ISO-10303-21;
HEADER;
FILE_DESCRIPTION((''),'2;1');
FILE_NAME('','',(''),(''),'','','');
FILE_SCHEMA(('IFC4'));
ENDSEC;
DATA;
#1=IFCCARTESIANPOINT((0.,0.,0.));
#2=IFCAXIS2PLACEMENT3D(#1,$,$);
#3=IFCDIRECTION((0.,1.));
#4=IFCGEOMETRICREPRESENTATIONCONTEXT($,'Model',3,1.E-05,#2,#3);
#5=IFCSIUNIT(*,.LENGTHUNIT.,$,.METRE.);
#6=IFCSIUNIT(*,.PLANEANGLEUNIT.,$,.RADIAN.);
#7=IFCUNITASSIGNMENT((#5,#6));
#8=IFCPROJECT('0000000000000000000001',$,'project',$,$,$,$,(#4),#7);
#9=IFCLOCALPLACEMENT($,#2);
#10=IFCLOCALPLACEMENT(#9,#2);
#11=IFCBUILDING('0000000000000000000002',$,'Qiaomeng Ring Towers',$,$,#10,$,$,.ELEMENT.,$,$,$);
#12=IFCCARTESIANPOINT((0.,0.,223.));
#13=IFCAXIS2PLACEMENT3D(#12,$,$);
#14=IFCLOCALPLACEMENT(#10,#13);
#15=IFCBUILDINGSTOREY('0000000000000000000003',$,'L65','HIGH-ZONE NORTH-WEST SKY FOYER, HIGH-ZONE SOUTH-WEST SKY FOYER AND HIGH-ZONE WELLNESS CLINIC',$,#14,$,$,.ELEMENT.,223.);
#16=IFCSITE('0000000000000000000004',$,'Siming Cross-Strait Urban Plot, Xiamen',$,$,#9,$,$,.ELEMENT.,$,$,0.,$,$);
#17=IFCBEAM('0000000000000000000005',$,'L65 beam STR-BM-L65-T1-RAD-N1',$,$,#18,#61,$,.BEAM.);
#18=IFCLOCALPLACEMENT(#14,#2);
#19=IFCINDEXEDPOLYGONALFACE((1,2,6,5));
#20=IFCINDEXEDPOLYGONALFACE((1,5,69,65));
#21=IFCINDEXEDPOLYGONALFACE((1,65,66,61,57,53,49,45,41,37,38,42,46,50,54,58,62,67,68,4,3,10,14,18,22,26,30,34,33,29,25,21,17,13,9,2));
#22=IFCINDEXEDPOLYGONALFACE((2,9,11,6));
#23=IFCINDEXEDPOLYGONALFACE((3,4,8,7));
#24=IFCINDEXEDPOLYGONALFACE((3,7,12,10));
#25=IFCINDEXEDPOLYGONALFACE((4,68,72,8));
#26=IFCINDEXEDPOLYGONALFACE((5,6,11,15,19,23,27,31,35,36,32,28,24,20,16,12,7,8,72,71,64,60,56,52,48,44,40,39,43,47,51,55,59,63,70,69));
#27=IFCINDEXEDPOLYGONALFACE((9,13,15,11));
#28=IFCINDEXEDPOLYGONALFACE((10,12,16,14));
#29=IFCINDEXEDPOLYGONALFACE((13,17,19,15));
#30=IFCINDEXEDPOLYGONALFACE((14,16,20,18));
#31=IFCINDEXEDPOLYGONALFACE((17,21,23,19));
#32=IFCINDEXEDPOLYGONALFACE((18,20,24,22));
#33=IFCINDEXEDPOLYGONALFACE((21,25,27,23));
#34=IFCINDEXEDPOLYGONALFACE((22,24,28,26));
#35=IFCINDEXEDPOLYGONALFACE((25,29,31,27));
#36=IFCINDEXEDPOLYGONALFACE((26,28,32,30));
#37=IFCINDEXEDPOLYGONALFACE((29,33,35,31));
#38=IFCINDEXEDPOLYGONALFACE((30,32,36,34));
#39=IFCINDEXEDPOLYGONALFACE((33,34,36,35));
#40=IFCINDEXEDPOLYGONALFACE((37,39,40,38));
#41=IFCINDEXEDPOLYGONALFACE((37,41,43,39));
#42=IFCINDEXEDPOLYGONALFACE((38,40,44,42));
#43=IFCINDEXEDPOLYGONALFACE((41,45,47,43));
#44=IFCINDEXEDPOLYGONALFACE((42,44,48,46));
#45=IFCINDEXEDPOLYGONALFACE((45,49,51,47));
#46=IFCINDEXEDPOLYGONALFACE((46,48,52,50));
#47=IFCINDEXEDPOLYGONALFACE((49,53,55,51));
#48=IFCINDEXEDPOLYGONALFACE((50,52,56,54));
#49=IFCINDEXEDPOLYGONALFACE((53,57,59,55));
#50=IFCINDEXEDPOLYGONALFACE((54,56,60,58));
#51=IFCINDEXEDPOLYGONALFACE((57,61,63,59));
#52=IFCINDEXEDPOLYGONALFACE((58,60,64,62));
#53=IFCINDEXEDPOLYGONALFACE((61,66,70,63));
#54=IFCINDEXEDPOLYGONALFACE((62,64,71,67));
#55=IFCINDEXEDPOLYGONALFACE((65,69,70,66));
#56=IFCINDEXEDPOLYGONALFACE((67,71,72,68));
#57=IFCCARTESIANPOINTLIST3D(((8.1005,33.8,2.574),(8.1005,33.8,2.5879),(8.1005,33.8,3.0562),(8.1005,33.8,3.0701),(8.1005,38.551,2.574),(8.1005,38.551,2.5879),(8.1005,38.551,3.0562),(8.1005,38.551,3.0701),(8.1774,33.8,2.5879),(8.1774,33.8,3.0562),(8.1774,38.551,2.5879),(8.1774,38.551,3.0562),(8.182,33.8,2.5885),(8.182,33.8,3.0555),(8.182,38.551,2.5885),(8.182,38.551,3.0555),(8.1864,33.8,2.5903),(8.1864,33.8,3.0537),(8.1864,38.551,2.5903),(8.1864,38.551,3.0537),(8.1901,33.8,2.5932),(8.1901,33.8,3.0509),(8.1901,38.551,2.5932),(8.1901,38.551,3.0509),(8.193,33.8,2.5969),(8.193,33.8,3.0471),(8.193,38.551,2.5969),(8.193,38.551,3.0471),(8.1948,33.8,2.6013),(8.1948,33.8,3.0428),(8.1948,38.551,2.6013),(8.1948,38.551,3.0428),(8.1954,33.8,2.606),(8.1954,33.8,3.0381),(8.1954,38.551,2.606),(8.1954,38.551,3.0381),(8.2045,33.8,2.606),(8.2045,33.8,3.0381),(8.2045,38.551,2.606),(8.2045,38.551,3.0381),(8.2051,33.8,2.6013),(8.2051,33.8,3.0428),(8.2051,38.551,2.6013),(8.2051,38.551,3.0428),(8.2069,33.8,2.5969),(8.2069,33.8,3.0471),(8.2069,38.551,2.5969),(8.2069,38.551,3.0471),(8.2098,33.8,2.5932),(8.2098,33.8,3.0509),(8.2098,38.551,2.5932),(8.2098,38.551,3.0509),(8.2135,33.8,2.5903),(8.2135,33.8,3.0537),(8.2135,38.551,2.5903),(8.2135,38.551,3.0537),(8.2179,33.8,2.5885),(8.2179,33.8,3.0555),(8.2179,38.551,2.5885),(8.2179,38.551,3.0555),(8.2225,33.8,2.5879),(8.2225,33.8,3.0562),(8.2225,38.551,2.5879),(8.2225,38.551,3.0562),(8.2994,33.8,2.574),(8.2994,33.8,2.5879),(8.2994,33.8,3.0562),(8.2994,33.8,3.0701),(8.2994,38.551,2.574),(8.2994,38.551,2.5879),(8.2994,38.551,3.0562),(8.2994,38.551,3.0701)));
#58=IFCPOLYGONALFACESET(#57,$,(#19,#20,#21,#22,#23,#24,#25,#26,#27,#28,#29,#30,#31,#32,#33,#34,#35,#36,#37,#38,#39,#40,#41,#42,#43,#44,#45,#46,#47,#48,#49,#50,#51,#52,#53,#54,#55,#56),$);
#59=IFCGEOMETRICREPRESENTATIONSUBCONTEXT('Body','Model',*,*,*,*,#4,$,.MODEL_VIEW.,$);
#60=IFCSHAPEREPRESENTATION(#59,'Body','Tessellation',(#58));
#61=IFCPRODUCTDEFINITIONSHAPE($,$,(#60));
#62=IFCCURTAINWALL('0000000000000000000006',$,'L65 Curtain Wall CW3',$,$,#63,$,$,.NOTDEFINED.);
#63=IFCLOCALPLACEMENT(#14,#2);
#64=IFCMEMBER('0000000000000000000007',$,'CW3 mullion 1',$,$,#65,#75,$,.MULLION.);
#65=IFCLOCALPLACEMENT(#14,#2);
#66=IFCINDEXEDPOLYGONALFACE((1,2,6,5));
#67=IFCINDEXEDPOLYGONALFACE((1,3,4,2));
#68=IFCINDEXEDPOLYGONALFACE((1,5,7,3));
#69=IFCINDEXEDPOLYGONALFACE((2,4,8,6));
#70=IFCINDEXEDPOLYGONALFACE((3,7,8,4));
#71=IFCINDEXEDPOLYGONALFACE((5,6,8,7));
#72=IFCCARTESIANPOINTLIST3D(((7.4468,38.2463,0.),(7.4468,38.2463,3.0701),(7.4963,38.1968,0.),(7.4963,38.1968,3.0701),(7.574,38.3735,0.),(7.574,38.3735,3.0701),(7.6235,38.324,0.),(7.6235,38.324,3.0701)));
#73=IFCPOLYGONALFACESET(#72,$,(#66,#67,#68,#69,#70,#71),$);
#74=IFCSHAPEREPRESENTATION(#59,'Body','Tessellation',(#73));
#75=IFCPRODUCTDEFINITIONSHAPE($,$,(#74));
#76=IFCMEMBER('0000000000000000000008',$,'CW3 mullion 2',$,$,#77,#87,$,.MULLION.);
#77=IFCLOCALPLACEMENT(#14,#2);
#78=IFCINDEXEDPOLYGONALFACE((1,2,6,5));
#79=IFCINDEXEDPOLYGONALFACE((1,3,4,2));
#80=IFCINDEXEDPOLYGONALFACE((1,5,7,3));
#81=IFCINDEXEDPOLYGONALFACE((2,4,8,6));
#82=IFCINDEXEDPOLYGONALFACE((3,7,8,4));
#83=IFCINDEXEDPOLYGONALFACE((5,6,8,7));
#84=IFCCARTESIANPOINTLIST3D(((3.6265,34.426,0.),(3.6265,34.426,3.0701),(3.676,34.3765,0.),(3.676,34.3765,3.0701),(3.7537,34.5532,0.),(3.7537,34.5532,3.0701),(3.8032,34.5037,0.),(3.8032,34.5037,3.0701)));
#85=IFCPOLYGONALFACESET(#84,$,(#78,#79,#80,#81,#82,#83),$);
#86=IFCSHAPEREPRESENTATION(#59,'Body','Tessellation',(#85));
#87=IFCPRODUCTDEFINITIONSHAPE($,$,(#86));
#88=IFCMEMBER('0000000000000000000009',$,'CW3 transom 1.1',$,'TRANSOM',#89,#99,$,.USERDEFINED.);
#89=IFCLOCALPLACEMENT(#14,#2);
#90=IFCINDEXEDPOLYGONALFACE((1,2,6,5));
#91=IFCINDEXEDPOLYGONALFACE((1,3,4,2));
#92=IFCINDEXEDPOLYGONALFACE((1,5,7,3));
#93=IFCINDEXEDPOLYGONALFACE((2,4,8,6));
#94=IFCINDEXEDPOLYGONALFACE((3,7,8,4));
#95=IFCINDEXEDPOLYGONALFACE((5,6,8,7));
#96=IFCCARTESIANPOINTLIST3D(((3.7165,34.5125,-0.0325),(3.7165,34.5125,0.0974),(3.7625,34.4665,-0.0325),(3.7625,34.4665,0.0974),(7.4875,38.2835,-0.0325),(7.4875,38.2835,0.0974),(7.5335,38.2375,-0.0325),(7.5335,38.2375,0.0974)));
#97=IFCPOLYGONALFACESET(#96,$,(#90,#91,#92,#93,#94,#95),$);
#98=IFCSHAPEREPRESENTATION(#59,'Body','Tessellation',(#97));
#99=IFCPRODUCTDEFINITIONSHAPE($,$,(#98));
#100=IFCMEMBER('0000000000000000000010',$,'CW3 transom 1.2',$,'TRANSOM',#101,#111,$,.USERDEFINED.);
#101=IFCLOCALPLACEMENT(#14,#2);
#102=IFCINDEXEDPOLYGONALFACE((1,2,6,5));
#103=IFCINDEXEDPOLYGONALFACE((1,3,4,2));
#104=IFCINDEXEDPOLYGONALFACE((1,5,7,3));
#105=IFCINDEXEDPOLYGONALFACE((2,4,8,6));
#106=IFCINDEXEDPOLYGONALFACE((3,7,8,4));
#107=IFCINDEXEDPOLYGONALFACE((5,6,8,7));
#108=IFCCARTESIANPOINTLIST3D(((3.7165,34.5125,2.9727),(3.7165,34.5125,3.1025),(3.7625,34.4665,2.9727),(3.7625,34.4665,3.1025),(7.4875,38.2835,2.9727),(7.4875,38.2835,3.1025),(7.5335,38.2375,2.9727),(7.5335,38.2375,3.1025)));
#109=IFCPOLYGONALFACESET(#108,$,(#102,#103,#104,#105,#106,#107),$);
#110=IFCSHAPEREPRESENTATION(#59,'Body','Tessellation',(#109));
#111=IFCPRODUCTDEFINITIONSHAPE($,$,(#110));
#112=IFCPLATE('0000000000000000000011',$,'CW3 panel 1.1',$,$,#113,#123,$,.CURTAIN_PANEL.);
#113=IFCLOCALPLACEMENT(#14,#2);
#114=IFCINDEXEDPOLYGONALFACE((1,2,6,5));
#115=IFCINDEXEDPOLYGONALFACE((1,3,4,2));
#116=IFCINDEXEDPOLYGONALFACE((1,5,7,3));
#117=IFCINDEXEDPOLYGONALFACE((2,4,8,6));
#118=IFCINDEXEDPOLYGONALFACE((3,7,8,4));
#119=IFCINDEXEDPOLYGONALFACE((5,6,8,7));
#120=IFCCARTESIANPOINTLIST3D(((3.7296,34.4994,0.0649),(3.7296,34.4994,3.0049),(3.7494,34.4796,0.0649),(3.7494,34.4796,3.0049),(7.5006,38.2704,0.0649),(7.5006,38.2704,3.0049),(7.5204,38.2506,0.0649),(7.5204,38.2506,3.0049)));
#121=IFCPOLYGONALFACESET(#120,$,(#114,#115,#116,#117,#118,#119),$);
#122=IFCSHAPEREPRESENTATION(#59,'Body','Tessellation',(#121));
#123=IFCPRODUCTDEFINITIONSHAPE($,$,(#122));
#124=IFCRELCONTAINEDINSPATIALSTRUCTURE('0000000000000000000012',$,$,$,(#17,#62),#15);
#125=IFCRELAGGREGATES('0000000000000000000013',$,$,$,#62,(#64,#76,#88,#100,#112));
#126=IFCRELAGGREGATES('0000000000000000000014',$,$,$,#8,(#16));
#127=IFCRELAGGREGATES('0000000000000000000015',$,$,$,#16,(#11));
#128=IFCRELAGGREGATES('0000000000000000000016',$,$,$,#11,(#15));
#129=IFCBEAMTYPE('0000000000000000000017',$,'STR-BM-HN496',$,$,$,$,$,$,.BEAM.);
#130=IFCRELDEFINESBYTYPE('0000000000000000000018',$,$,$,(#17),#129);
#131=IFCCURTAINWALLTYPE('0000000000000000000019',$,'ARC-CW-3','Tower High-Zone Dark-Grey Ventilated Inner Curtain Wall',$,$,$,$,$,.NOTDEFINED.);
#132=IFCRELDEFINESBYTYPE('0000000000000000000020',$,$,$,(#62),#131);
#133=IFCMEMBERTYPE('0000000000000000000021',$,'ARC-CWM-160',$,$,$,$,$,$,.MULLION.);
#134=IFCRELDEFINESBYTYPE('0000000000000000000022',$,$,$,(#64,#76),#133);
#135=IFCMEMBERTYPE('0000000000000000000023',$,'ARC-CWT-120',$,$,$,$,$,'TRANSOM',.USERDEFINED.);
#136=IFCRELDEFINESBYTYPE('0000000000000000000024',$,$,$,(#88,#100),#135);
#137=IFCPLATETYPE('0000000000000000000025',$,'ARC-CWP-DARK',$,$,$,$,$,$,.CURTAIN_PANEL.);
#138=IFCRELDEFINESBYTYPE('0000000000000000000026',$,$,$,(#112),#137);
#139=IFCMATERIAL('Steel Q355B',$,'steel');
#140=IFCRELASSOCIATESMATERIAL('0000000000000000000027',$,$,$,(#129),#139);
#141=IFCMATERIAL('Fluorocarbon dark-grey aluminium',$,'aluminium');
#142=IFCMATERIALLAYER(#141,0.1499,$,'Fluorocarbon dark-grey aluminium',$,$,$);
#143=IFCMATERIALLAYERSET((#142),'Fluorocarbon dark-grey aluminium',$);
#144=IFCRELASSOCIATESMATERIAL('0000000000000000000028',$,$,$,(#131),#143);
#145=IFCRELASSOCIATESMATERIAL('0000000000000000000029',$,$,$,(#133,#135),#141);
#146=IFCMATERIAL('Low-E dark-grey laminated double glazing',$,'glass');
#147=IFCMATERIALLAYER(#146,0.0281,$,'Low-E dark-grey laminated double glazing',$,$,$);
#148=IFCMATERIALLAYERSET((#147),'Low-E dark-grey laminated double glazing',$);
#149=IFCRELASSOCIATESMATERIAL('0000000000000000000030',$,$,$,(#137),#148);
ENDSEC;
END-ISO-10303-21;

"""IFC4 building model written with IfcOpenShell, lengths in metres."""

from ifc_helpers import new_model, si_unit, direction, frame, origin, origin_2d, place, context, subcontext, project, spatial, rectangle, i_section, extrude, source, transform, mapped, material, layer, layer_set, material_profile, profile_set, type_object, element, aggregate, save


model = new_model("IFC4")

# Units and contexts
model_context = context("Model", 3, precision=1e-05, world=origin(), true_north=direction((0.0, 1.0)))
body_context = subcontext(model_context, "Body", "Model", "MODEL_VIEW")
ifc_project = project(units=[si_unit("LENGTHUNIT", "METRE"), si_unit("PLANEANGLEUNIT", "RADIAN")], contexts=[model_context])

# Site, building, storey
site_placement = place(None, origin())
site = spatial("IfcSite", under=ifc_project, at=site_placement, Name="Siming Cross-Strait Urban Plot, Xiamen", CompositionType="ELEMENT", RefElevation=0.0)
building_placement = place(site_placement, origin())
building = spatial("IfcBuilding", under=site, at=building_placement, Name="Qiaomeng Ring Towers", CompositionType="ELEMENT")
storey_placement = place(building_placement, frame((0.0, 0.0, 223.0)))
storey = spatial("IfcBuildingStorey", under=building, at=storey_placement, Name="L65", Description="HIGH-ZONE NORTH-WEST SKY FOYER, HIGH-ZONE SOUTH-WEST SKY FOYER AND HIGH-ZONE WELLNESS CLINIC", CompositionType="ELEMENT", Elevation=223.0)

# Beam
ifc_material_1 = material(Name="Steel Q355B", Category="steel")
ifc_material_profile_1 = material_profile(ifc_material_1, i_section(OverallWidth=0.199, OverallDepth=0.4961, WebThickness=0.009, FlangeThickness=0.0139, FilletRadius=0.0181, at=origin_2d()), Name="HN 496x199x9x14")
ifc_profile_set_1 = profile_set([ifc_material_profile_1], Name="Steel Q355B")
beam_type_1 = type_object("IfcBeamType", Name="STR-BM-HN496", PredefinedType="BEAM", material=ifc_profile_set_1)
shared_shape_1 = source(origin(), body_context, "Body", "SweptSolid", [
    extrude(i_section(OverallWidth=0.199, OverallDepth=0.4961, WebThickness=0.009, FlangeThickness=0.0139, FilletRadius=0.0181, at=origin_2d()), origin(), (0.0, 0.0, 1.0), 4.751),
])
beam_1_placement = place(storey_placement, frame((8.2, 38.551, 2.822), z_axis=(0.0, -1.0, 0.0), x_axis=(1.0, 0.0, 0.0)))
element("IfcBeam", 1, at=beam_1_placement, inside=storey, type_object=beam_type_1, Name="L65 beam STR-BM-L65-T1-RAD-N1", PredefinedType="BEAM", context=body_context, shape_type="MappedRepresentation", body=[
    mapped(shared_shape_1, transform((0.0, 0.0, 0.0), x_axis=(1.0, 0.0, 0.0), y_axis=(0.0, 1.0, 0.0), z_axis=(0.0, 0.0, 1.0), scale=1.0)),
])

# Curtain wall, members, plate
ifc_material_2 = material(Name="Fluorocarbon dark-grey aluminium", Category="aluminium")
ifc_layer_1 = layer(ifc_material_2, 0.1499, Name="Fluorocarbon dark-grey aluminium")
ifc_layer_set_1 = layer_set([ifc_layer_1], Name="Fluorocarbon dark-grey aluminium")
curtain_wall_type = type_object("IfcCurtainWallType", Name="ARC-CW-3", Description="Tower High-Zone Dark-Grey Ventilated Inner Curtain Wall", PredefinedType="NOTDEFINED", material=ifc_layer_set_1)
curtain_wall_placement = place(storey_placement, origin())
curtain_wall = element("IfcCurtainWall", 2, at=curtain_wall_placement, inside=storey, type_object=curtain_wall_type, Name="L65 Curtain Wall CW3", PredefinedType="NOTDEFINED")
ifc_material_profile_2 = material_profile(ifc_material_2, rectangle(XDim=0.0701, YDim=0.1799, at=origin_2d()), Name="ALU MULL 70x180")
ifc_profile_set_2 = profile_set([ifc_material_profile_2], Name="Fluorocarbon dark-grey aluminium")
member_type_1 = type_object("IfcMemberType", Name="ARC-CWM-160", PredefinedType="MULLION", material=ifc_profile_set_2)
shared_shape_2 = source(origin(), body_context, "Body", "SweptSolid", [
    extrude(rectangle(XDim=0.0701, YDim=0.1799, at=origin_2d()), origin(), (0.0, 0.0, 1.0), 3.0701),
])
member_1_placement = place(storey_placement, frame((7.5352, 38.2852, 0.0), z_axis=(0.0, 0.0, 1.0), x_axis=(0.707107, -0.707107, 0.0)))
member_1 = element("IfcMember", 3, at=member_1_placement, type_object=member_type_1, Name="CW3 mullion 1", PredefinedType="MULLION", context=body_context, shape_type="MappedRepresentation", body=[
    mapped(shared_shape_2, transform((0.0, 0.0, 0.0), x_axis=(1.0, 0.0, 0.0), y_axis=(0.0, 1.0, 0.0), z_axis=(0.0, 0.0, 1.0), scale=1.0)),
])
member_2_placement = place(storey_placement, frame((3.7148, 34.4648, 0.0), z_axis=(0.0, 0.0, 1.0), x_axis=(0.707107, -0.707107, 0.0)))
member_2 = element("IfcMember", 4, at=member_2_placement, type_object=member_type_1, Name="CW3 mullion 2", PredefinedType="MULLION", context=body_context, shape_type="MappedRepresentation", body=[
    mapped(shared_shape_2, transform((0.0, 0.0, 0.0), x_axis=(1.0, 0.0, 0.0), y_axis=(0.0, 1.0, 0.0), z_axis=(0.0, 0.0, 1.0), scale=1.0)),
])
ifc_material_profile_3 = material_profile(ifc_material_2, rectangle(XDim=0.0649, YDim=0.1299, at=origin_2d()), Name="ALU TRAN 65x130")
ifc_profile_set_3 = profile_set([ifc_material_profile_3], Name="Fluorocarbon dark-grey aluminium")
member_type_2 = type_object("IfcMemberType", Name="ARC-CWT-120", ElementType="TRANSOM", PredefinedType="USERDEFINED", material=ifc_profile_set_3)
shared_shape_3 = source(origin(), body_context, "Body", "SweptSolid", [
    extrude(rectangle(XDim=0.0649, YDim=0.1299, at=origin_2d()), origin(), (0.0, 0.0, 1.0), 5.333),
])
member_3_placement = place(storey_placement, frame((7.5105, 38.2605, 0.0325), z_axis=(-0.707107, -0.707107, 0.0), x_axis=(0.707107, -0.707107, 0.0)))
member_3 = element("IfcMember", 5, at=member_3_placement, type_object=member_type_2, Name="CW3 transom 1.1", ObjectType="TRANSOM", PredefinedType="USERDEFINED", context=body_context, shape_type="MappedRepresentation", body=[
    mapped(shared_shape_3, transform((0.0, 0.0, 0.0), x_axis=(1.0, 0.0, 0.0), y_axis=(0.0, 1.0, 0.0), z_axis=(0.0, 0.0, 1.0), scale=1.0)),
])
member_4_placement = place(storey_placement, frame((7.5105, 38.2605, 3.0376), z_axis=(-0.707107, -0.707107, 0.0), x_axis=(0.707107, -0.707107, 0.0)))
member_4 = element("IfcMember", 6, at=member_4_placement, type_object=member_type_2, Name="CW3 transom 1.2", ObjectType="TRANSOM", PredefinedType="USERDEFINED", context=body_context, shape_type="MappedRepresentation", body=[
    mapped(shared_shape_3, transform((0.0, 0.0, 0.0), x_axis=(1.0, 0.0, 0.0), y_axis=(0.0, 1.0, 0.0), z_axis=(0.0, 0.0, 1.0), scale=1.0)),
])
ifc_material_3 = material(Name="Low-E dark-grey laminated double glazing", Category="glass")
ifc_layer_2 = layer(ifc_material_3, 0.0281, Name="Low-E dark-grey laminated double glazing")
ifc_layer_set_2 = layer_set([ifc_layer_2], Name="Low-E dark-grey laminated double glazing")
plate_type = type_object("IfcPlateType", Name="ARC-CWP-DARK", PredefinedType="CURTAIN_PANEL", material=ifc_layer_set_2)
shared_shape_4 = source(origin(), body_context, "Body", "SweptSolid", [
    extrude(rectangle(XDim=5.333, YDim=0.0281, at=origin_2d()), origin(), (0.0, 0.0, 1.0), 2.9399),
])
plate_placement = place(storey_placement, frame((5.625, 36.375, 0.0649), z_axis=(0.0, 0.0, 1.0), x_axis=(-0.707107, -0.707107, 0.0)))
plate = element("IfcPlate", 7, at=plate_placement, type_object=plate_type, Name="CW3 panel 1.1", PredefinedType="CURTAIN_PANEL", context=body_context, shape_type="MappedRepresentation", body=[
    mapped(shared_shape_4, transform((0.0, 0.0, 0.0), x_axis=(1.0, 0.0, 0.0), y_axis=(0.0, 1.0, 0.0), z_axis=(0.0, 0.0, 1.0), scale=1.0)),
])
aggregate(curtain_wall, [member_1, member_2, member_3, member_4, plate])

save(model, "model.ifc")
